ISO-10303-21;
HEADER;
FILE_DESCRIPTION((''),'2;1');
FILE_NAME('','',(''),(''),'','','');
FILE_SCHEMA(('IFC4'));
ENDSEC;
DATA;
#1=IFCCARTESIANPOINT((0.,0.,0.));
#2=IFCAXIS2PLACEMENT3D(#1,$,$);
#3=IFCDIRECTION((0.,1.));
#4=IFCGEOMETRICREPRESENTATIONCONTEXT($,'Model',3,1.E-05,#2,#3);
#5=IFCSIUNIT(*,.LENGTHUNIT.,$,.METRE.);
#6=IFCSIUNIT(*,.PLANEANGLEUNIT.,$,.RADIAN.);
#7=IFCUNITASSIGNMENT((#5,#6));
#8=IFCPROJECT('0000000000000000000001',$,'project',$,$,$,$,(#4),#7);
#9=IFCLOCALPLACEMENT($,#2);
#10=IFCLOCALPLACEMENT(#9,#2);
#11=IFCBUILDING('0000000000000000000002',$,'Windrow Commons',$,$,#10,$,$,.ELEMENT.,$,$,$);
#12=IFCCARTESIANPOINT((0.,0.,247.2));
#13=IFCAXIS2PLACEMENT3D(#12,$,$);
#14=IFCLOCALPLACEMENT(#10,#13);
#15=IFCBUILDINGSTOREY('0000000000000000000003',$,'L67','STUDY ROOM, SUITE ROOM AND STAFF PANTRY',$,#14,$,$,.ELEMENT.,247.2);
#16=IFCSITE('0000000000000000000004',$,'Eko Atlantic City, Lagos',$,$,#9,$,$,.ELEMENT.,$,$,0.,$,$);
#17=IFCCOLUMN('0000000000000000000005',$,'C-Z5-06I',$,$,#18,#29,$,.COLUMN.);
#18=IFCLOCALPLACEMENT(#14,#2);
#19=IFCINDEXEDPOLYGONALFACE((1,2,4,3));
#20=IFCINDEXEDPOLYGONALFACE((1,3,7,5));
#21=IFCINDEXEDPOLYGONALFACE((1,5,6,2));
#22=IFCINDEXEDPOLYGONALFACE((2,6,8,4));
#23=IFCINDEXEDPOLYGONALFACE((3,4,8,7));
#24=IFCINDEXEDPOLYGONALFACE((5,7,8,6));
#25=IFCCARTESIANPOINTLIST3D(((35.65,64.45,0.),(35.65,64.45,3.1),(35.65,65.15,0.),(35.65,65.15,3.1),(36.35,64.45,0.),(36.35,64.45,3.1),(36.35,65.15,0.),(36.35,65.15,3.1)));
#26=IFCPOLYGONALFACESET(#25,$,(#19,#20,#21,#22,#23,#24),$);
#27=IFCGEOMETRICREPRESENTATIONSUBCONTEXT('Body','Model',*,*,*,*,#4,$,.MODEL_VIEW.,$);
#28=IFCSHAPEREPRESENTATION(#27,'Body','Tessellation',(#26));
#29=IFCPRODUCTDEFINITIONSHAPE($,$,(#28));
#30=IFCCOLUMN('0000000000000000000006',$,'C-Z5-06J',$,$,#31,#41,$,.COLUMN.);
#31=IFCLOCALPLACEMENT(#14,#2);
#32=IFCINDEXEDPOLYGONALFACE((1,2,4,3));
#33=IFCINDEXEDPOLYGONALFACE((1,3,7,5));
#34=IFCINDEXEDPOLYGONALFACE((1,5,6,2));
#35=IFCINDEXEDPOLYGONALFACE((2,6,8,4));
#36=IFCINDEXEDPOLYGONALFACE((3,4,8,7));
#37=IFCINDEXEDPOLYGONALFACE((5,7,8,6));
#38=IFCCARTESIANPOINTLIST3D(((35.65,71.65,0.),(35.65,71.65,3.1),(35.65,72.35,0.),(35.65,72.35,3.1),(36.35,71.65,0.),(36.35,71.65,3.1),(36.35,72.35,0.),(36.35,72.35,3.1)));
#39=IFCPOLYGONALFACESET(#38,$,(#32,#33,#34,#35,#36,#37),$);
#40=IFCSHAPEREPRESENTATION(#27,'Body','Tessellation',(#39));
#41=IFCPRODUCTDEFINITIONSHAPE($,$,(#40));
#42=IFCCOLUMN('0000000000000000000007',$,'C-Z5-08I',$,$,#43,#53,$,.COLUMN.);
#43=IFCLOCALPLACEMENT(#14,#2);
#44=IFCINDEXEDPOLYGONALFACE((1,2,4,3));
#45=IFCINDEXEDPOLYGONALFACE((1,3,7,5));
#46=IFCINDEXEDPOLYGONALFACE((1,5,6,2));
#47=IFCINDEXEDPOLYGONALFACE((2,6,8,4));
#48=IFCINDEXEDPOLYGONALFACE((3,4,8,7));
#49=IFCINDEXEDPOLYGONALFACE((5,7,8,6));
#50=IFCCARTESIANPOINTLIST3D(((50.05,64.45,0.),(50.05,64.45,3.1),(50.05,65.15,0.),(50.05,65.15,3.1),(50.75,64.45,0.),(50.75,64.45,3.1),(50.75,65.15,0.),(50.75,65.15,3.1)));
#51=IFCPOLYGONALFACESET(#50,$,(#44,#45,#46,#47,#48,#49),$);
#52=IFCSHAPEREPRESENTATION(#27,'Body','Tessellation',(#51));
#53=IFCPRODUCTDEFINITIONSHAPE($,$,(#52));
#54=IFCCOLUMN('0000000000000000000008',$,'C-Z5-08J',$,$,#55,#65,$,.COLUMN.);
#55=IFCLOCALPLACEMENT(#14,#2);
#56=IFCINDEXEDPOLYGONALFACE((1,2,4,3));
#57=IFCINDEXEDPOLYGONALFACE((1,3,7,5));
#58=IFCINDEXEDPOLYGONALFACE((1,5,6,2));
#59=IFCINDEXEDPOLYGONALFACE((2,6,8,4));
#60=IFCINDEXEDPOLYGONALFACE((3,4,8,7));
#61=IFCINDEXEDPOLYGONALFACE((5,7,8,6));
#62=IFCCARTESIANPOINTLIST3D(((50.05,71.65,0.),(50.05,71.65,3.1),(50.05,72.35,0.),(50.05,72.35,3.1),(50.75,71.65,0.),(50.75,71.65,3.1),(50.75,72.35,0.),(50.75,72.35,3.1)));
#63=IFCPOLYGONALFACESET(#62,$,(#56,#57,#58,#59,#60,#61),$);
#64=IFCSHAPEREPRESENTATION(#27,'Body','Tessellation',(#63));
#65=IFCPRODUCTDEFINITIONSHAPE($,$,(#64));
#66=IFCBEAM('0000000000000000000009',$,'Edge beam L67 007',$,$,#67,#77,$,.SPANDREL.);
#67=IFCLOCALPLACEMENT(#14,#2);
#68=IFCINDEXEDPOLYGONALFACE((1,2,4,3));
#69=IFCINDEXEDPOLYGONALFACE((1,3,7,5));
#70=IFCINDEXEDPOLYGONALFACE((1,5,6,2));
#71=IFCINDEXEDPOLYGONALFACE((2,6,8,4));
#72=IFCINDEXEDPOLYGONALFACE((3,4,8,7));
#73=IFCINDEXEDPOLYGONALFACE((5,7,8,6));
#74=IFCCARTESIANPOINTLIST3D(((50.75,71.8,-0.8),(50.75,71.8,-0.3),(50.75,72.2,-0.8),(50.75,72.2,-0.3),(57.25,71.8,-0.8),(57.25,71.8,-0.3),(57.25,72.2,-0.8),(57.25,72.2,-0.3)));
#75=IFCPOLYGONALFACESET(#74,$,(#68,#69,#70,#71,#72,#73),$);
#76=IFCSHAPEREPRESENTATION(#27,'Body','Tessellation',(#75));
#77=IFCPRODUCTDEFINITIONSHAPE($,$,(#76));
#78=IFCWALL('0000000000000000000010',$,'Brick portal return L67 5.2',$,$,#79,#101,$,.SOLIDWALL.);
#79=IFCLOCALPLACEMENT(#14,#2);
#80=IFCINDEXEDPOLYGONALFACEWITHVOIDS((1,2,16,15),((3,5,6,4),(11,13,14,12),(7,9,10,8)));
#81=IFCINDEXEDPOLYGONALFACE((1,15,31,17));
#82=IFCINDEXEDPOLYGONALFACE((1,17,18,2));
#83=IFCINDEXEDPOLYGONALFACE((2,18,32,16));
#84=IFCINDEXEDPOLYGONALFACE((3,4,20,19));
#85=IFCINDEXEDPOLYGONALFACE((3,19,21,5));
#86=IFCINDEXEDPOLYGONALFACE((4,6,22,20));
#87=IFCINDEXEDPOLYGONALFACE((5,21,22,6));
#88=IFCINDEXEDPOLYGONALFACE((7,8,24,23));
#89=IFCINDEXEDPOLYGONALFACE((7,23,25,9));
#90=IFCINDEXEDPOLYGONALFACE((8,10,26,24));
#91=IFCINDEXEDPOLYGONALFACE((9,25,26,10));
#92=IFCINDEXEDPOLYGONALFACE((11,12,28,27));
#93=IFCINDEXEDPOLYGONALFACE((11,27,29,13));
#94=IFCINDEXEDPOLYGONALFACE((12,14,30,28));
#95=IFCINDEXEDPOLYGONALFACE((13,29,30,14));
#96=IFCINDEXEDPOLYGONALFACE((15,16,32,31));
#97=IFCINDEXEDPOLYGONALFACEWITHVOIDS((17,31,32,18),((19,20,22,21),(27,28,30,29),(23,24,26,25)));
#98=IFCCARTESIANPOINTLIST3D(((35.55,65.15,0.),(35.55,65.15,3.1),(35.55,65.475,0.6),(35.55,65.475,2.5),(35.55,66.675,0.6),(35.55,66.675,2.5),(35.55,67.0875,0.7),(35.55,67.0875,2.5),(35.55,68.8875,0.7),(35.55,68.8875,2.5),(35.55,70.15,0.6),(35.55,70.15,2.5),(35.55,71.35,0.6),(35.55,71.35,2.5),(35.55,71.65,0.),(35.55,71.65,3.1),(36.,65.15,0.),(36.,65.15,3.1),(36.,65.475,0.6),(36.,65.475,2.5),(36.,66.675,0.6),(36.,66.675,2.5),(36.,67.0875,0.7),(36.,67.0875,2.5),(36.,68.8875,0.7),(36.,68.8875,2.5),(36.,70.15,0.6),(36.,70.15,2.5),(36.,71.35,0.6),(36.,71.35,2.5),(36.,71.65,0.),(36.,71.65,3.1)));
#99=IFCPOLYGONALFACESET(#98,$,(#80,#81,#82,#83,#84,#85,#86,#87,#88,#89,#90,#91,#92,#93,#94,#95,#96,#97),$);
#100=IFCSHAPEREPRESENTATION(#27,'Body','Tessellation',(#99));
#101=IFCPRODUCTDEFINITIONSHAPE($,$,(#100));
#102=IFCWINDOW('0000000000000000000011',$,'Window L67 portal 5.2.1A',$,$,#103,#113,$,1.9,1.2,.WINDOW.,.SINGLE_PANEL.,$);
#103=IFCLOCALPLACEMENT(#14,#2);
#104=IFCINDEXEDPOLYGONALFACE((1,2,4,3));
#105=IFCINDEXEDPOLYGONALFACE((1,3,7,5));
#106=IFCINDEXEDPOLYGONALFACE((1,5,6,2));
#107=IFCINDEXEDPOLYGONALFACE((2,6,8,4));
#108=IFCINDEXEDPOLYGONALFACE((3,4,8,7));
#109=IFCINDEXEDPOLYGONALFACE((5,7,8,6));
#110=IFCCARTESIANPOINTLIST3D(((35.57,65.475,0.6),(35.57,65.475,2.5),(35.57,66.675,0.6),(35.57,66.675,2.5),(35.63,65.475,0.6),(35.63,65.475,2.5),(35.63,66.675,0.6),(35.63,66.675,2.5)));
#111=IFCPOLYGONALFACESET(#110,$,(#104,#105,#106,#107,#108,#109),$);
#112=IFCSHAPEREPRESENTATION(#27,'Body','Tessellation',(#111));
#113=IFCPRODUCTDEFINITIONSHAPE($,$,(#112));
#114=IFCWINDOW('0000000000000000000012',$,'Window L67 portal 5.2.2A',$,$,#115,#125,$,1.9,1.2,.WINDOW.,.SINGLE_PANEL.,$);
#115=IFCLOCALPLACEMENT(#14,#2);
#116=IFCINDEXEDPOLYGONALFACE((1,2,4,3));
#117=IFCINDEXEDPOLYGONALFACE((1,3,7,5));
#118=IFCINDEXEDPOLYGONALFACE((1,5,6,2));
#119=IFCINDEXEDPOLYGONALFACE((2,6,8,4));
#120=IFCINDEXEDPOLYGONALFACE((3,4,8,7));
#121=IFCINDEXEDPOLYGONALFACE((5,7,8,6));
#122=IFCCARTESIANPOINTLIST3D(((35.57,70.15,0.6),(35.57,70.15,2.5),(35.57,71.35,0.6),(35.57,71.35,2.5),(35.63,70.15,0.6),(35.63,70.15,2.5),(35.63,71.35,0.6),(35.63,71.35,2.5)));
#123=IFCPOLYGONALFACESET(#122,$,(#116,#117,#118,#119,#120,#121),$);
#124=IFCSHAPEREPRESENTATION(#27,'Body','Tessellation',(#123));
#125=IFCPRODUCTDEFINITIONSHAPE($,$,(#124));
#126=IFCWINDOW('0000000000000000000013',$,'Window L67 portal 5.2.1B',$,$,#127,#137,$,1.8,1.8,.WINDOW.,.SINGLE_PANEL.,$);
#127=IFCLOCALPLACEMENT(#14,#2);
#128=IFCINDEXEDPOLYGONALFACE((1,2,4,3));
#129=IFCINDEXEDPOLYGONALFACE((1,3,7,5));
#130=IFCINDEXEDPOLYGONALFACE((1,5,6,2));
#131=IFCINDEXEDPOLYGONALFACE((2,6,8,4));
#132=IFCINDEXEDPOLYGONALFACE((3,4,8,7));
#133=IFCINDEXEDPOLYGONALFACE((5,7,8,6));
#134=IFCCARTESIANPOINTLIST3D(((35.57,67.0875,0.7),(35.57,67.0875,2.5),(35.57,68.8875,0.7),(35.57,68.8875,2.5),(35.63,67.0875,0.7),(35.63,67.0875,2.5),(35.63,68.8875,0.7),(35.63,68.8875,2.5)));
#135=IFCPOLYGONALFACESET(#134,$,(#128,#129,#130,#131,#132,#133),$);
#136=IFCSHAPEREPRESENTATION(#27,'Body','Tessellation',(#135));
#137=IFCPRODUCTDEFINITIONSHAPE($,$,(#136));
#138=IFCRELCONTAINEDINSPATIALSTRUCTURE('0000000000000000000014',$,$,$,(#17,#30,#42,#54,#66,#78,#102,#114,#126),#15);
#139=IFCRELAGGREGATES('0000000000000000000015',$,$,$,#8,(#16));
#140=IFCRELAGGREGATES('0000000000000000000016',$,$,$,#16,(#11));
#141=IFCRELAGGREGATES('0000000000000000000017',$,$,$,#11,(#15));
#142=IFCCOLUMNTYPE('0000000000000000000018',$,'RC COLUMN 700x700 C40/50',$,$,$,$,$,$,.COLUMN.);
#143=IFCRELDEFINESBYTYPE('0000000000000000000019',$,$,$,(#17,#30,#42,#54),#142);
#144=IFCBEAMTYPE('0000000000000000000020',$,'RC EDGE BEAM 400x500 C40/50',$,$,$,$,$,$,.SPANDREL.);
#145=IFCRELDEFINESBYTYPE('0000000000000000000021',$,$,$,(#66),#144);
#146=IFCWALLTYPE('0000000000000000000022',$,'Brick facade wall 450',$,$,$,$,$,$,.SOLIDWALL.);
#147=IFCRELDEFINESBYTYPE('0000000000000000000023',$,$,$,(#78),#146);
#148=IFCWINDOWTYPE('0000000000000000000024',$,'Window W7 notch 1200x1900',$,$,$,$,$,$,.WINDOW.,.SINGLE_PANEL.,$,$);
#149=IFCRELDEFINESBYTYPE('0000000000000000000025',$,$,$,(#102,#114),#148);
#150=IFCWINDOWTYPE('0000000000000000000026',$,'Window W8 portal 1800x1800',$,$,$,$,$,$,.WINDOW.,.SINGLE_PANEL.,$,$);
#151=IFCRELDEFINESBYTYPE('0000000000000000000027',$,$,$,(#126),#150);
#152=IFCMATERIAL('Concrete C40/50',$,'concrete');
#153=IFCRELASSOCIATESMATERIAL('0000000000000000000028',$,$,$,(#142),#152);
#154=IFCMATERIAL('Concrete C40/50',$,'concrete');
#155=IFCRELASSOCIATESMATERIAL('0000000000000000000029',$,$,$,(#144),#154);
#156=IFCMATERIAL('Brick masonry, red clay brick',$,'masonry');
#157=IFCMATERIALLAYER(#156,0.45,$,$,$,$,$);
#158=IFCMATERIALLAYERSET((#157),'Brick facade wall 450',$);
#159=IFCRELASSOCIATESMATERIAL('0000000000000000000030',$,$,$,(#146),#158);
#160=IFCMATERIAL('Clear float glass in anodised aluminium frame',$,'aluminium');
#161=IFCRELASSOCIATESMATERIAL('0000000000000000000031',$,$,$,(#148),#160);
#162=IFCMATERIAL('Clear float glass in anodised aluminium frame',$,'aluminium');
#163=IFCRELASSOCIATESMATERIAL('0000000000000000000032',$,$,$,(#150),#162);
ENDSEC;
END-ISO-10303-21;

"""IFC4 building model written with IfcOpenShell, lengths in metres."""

from ifc_helpers import new_model, si_unit, direction, frame, frame_2d, origin, origin_2d, place, context, subcontext, project, spatial, rectangle, extrude, material, layer, layer_set, material_profile, profile_set, type_object, element, fill, save


model = new_model("IFC4")

# Units and contexts
model_context = context("Model", 3, precision=1e-05, world=origin(), true_north=direction((0.0, 1.0)))
body_context = subcontext(model_context, "Body", "Model", "MODEL_VIEW")
ifc_project = project(units=[si_unit("LENGTHUNIT", "METRE"), si_unit("PLANEANGLEUNIT", "RADIAN")], contexts=[model_context])

# Site, building, storey
site_placement = place(None, origin())
site = spatial("IfcSite", under=ifc_project, at=site_placement, Name="Eko Atlantic City, Lagos", CompositionType="ELEMENT", RefElevation=0.0)
building_placement = place(site_placement, origin())
building = spatial("IfcBuilding", under=site, at=building_placement, Name="Windrow Commons", CompositionType="ELEMENT")
storey_placement = place(building_placement, frame((0.0, 0.0, 247.2)))
storey = spatial("IfcBuildingStorey", under=building, at=storey_placement, Name="L67", Description="STUDY ROOM, SUITE ROOM AND STAFF PANTRY", CompositionType="ELEMENT", Elevation=247.2)

# Columns
ifc_material_1 = material(Name="Concrete C40/50", Category="concrete")
ifc_material_profile_1 = material_profile(ifc_material_1, rectangle(XDim=0.7, YDim=0.7, at=origin_2d()))
ifc_profile_set_1 = profile_set([ifc_material_profile_1], Name="Concrete C40/50")
column_type = type_object("IfcColumnType", Name="RC COLUMN 700x700 C40/50", PredefinedType="COLUMN", material=ifc_profile_set_1)
for number, where, z_axis, x_axis, name in (
    (1, (36.0, 64.8, 0.0), (0.0, 0.0, 1.0), (1.0, 0.0, 0.0), "C-Z5-06I"),
    (2, (36.0, 72.0, 0.0), (0.0, 0.0, 1.0), (1.0, 0.0, 0.0), "C-Z5-06J"),
    (3, (50.4, 64.8, 0.0), (0.0, 0.0, 1.0), (1.0, 0.0, 0.0), "C-Z5-08I"),
    (4, (50.4, 72.0, 0.0), (0.0, 0.0, 1.0), (1.0, 0.0, 0.0), "C-Z5-08J"),
):
    element("IfcColumn", number, at=place(storey_placement, frame(where, z_axis=z_axis, x_axis=x_axis)), inside=storey, type_object=column_type, Name=name, PredefinedType="COLUMN", context=body_context, shape_type="SweptSolid", body=[
        extrude(rectangle(XDim=0.7, YDim=0.7, at=origin_2d()), origin(), (0.0, 0.0, 1.0), 3.1),
    ])

# Beam
ifc_material_2 = material(Name="Concrete C40/50", Category="concrete")
ifc_material_profile_2 = material_profile(ifc_material_2, rectangle(XDim=0.4, YDim=0.5, at=origin_2d()))
ifc_profile_set_2 = profile_set([ifc_material_profile_2], Name="Concrete C40/50")
beam_type = type_object("IfcBeamType", Name="RC EDGE BEAM 400x500 C40/50", PredefinedType="SPANDREL", material=ifc_profile_set_2)
beam_placement = place(storey_placement, frame((50.75, 72.0, -0.55), z_axis=(1.0, 0.0, 0.0), x_axis=(0.0, 1.0, 0.0)))
element("IfcBeam", 5, at=beam_placement, inside=storey, type_object=beam_type, Name="Edge beam L67 007", PredefinedType="SPANDREL", context=body_context, shape_type="SweptSolid", body=[
    extrude(rectangle(XDim=0.4, YDim=0.5, at=origin_2d()), origin(), (0.0, 0.0, 1.0), 6.5),
])

# Wall, openings, windows
ifc_material_3 = material(Name="Brick masonry, red clay brick", Category="masonry")
ifc_layer_1 = layer(ifc_material_3, 0.45)
ifc_layer_set_1 = layer_set([ifc_layer_1], Name="Brick facade wall 450")
wall_type_1 = type_object("IfcWallType", Name="Brick facade wall 450", PredefinedType="SOLIDWALL", material=ifc_layer_set_1)
wall_1_placement = place(storey_placement, frame((35.775, 65.15, 0.0), z_axis=(0.0, 0.0, 1.0), x_axis=(0.0, 1.0, 0.0)))
wall_1 = element("IfcWall", 6, at=wall_1_placement, inside=storey, type_object=wall_type_1, Name="Brick portal return L67 5.2", PredefinedType="SOLIDWALL", context=body_context, shape_type="SweptSolid", body=[
    extrude(rectangle(XDim=6.5, YDim=0.45, at=frame_2d((3.25, 0.0))), origin(), (0.0, 0.0, 1.0), 3.1),
])
opening_1_placement = place(wall_1_placement, frame((0.325, 0.0, 0.6)))
opening_1 = element("IfcOpeningElement", 7, at=opening_1_placement, cuts=wall_1, PredefinedType="OPENING", context=body_context, shape_type="SweptSolid", body=[
    extrude(rectangle(XDim=1.2, YDim=1.9, at=frame_2d((0.6, 0.95))), frame((0.0, 0.235, 0.0), z_axis=(0.0, -1.0, 0.0), x_axis=(1.0, 0.0, 0.0)), (0.0, 0.0, 1.0), 0.47),
])
opening_2_placement = place(wall_1_placement, frame((1.9375, 0.0, 0.7)))
opening_2 = element("IfcOpeningElement", 8, at=opening_2_placement, cuts=wall_1, PredefinedType="OPENING", context=body_context, shape_type="SweptSolid", body=[
    extrude(rectangle(XDim=1.8, YDim=1.8, at=frame_2d((0.9, 0.9))), frame((0.0, 0.235, 0.0), z_axis=(0.0, -1.0, 0.0), x_axis=(1.0, 0.0, 0.0)), (0.0, 0.0, 1.0), 0.47),
])
opening_3_placement = place(wall_1_placement, frame((5.0, 0.0, 0.6)))
opening_3 = element("IfcOpeningElement", 9, at=opening_3_placement, cuts=wall_1, PredefinedType="OPENING", context=body_context, shape_type="SweptSolid", body=[
    extrude(rectangle(XDim=1.2, YDim=1.9, at=frame_2d((0.6, 0.95))), frame((0.0, 0.235, 0.0), z_axis=(0.0, -1.0, 0.0), x_axis=(1.0, 0.0, 0.0)), (0.0, 0.0, 1.0), 0.47),
])
ifc_material_4 = material(Name="Clear float glass in anodised aluminium frame", Category="aluminium")
window_type_1 = type_object("IfcWindowType", Name="Window W7 notch 1200x1900", PartitioningType="SINGLE_PANEL", PredefinedType="WINDOW", material=ifc_material_4)
window_1_placement = place(opening_1_placement, origin())
window_1 = element("IfcWindow", 10, at=window_1_placement, inside=storey, type_object=window_type_1, Name="Window L67 portal 5.2.1A", OverallHeight=1.9, OverallWidth=1.2, PartitioningType="SINGLE_PANEL", PredefinedType="WINDOW", context=body_context, shape_type="SweptSolid", body=[
    extrude(rectangle(XDim=1.2, YDim=1.9, at=frame_2d((0.6, 0.95))), frame((0.0, 0.205, 0.0), z_axis=(0.0, -1.0, 0.0), x_axis=(1.0, 0.0, 0.0)), (0.0, 0.0, 1.0), 0.06),
])
fill(opening_1, window_1)
window_2_placement = place(opening_3_placement, origin())
window_2 = element("IfcWindow", 11, at=window_2_placement, inside=storey, type_object=window_type_1, Name="Window L67 portal 5.2.2A", OverallHeight=1.9, OverallWidth=1.2, PartitioningType="SINGLE_PANEL", PredefinedType="WINDOW", context=body_context, shape_type="SweptSolid", body=[
    extrude(rectangle(XDim=1.2, YDim=1.9, at=frame_2d((0.6, 0.95))), frame((0.0, 0.205, 0.0), z_axis=(0.0, -1.0, 0.0), x_axis=(1.0, 0.0, 0.0)), (0.0, 0.0, 1.0), 0.06),
])
fill(opening_3, window_2)
ifc_material_5 = material(Name="Clear float glass in anodised aluminium frame", Category="aluminium")
window_type_2 = type_object("IfcWindowType", Name="Window W8 portal 1800x1800", PartitioningType="SINGLE_PANEL", PredefinedType="WINDOW", material=ifc_material_5)
window_3_placement = place(opening_2_placement, origin())
window_3 = element("IfcWindow", 12, at=window_3_placement, inside=storey, type_object=window_type_2, Name="Window L67 portal 5.2.1B", OverallHeight=1.8, OverallWidth=1.8, PartitioningType="SINGLE_PANEL", PredefinedType="WINDOW", context=body_context, shape_type="SweptSolid", body=[
    extrude(rectangle(XDim=1.8, YDim=1.8, at=frame_2d((0.9, 0.9))), frame((0.0, 0.205, 0.0), z_axis=(0.0, -1.0, 0.0), x_axis=(1.0, 0.0, 0.0)), (0.0, 0.0, 1.0), 0.06),
])
fill(opening_2, window_3)

save(model, "model.ifc")
